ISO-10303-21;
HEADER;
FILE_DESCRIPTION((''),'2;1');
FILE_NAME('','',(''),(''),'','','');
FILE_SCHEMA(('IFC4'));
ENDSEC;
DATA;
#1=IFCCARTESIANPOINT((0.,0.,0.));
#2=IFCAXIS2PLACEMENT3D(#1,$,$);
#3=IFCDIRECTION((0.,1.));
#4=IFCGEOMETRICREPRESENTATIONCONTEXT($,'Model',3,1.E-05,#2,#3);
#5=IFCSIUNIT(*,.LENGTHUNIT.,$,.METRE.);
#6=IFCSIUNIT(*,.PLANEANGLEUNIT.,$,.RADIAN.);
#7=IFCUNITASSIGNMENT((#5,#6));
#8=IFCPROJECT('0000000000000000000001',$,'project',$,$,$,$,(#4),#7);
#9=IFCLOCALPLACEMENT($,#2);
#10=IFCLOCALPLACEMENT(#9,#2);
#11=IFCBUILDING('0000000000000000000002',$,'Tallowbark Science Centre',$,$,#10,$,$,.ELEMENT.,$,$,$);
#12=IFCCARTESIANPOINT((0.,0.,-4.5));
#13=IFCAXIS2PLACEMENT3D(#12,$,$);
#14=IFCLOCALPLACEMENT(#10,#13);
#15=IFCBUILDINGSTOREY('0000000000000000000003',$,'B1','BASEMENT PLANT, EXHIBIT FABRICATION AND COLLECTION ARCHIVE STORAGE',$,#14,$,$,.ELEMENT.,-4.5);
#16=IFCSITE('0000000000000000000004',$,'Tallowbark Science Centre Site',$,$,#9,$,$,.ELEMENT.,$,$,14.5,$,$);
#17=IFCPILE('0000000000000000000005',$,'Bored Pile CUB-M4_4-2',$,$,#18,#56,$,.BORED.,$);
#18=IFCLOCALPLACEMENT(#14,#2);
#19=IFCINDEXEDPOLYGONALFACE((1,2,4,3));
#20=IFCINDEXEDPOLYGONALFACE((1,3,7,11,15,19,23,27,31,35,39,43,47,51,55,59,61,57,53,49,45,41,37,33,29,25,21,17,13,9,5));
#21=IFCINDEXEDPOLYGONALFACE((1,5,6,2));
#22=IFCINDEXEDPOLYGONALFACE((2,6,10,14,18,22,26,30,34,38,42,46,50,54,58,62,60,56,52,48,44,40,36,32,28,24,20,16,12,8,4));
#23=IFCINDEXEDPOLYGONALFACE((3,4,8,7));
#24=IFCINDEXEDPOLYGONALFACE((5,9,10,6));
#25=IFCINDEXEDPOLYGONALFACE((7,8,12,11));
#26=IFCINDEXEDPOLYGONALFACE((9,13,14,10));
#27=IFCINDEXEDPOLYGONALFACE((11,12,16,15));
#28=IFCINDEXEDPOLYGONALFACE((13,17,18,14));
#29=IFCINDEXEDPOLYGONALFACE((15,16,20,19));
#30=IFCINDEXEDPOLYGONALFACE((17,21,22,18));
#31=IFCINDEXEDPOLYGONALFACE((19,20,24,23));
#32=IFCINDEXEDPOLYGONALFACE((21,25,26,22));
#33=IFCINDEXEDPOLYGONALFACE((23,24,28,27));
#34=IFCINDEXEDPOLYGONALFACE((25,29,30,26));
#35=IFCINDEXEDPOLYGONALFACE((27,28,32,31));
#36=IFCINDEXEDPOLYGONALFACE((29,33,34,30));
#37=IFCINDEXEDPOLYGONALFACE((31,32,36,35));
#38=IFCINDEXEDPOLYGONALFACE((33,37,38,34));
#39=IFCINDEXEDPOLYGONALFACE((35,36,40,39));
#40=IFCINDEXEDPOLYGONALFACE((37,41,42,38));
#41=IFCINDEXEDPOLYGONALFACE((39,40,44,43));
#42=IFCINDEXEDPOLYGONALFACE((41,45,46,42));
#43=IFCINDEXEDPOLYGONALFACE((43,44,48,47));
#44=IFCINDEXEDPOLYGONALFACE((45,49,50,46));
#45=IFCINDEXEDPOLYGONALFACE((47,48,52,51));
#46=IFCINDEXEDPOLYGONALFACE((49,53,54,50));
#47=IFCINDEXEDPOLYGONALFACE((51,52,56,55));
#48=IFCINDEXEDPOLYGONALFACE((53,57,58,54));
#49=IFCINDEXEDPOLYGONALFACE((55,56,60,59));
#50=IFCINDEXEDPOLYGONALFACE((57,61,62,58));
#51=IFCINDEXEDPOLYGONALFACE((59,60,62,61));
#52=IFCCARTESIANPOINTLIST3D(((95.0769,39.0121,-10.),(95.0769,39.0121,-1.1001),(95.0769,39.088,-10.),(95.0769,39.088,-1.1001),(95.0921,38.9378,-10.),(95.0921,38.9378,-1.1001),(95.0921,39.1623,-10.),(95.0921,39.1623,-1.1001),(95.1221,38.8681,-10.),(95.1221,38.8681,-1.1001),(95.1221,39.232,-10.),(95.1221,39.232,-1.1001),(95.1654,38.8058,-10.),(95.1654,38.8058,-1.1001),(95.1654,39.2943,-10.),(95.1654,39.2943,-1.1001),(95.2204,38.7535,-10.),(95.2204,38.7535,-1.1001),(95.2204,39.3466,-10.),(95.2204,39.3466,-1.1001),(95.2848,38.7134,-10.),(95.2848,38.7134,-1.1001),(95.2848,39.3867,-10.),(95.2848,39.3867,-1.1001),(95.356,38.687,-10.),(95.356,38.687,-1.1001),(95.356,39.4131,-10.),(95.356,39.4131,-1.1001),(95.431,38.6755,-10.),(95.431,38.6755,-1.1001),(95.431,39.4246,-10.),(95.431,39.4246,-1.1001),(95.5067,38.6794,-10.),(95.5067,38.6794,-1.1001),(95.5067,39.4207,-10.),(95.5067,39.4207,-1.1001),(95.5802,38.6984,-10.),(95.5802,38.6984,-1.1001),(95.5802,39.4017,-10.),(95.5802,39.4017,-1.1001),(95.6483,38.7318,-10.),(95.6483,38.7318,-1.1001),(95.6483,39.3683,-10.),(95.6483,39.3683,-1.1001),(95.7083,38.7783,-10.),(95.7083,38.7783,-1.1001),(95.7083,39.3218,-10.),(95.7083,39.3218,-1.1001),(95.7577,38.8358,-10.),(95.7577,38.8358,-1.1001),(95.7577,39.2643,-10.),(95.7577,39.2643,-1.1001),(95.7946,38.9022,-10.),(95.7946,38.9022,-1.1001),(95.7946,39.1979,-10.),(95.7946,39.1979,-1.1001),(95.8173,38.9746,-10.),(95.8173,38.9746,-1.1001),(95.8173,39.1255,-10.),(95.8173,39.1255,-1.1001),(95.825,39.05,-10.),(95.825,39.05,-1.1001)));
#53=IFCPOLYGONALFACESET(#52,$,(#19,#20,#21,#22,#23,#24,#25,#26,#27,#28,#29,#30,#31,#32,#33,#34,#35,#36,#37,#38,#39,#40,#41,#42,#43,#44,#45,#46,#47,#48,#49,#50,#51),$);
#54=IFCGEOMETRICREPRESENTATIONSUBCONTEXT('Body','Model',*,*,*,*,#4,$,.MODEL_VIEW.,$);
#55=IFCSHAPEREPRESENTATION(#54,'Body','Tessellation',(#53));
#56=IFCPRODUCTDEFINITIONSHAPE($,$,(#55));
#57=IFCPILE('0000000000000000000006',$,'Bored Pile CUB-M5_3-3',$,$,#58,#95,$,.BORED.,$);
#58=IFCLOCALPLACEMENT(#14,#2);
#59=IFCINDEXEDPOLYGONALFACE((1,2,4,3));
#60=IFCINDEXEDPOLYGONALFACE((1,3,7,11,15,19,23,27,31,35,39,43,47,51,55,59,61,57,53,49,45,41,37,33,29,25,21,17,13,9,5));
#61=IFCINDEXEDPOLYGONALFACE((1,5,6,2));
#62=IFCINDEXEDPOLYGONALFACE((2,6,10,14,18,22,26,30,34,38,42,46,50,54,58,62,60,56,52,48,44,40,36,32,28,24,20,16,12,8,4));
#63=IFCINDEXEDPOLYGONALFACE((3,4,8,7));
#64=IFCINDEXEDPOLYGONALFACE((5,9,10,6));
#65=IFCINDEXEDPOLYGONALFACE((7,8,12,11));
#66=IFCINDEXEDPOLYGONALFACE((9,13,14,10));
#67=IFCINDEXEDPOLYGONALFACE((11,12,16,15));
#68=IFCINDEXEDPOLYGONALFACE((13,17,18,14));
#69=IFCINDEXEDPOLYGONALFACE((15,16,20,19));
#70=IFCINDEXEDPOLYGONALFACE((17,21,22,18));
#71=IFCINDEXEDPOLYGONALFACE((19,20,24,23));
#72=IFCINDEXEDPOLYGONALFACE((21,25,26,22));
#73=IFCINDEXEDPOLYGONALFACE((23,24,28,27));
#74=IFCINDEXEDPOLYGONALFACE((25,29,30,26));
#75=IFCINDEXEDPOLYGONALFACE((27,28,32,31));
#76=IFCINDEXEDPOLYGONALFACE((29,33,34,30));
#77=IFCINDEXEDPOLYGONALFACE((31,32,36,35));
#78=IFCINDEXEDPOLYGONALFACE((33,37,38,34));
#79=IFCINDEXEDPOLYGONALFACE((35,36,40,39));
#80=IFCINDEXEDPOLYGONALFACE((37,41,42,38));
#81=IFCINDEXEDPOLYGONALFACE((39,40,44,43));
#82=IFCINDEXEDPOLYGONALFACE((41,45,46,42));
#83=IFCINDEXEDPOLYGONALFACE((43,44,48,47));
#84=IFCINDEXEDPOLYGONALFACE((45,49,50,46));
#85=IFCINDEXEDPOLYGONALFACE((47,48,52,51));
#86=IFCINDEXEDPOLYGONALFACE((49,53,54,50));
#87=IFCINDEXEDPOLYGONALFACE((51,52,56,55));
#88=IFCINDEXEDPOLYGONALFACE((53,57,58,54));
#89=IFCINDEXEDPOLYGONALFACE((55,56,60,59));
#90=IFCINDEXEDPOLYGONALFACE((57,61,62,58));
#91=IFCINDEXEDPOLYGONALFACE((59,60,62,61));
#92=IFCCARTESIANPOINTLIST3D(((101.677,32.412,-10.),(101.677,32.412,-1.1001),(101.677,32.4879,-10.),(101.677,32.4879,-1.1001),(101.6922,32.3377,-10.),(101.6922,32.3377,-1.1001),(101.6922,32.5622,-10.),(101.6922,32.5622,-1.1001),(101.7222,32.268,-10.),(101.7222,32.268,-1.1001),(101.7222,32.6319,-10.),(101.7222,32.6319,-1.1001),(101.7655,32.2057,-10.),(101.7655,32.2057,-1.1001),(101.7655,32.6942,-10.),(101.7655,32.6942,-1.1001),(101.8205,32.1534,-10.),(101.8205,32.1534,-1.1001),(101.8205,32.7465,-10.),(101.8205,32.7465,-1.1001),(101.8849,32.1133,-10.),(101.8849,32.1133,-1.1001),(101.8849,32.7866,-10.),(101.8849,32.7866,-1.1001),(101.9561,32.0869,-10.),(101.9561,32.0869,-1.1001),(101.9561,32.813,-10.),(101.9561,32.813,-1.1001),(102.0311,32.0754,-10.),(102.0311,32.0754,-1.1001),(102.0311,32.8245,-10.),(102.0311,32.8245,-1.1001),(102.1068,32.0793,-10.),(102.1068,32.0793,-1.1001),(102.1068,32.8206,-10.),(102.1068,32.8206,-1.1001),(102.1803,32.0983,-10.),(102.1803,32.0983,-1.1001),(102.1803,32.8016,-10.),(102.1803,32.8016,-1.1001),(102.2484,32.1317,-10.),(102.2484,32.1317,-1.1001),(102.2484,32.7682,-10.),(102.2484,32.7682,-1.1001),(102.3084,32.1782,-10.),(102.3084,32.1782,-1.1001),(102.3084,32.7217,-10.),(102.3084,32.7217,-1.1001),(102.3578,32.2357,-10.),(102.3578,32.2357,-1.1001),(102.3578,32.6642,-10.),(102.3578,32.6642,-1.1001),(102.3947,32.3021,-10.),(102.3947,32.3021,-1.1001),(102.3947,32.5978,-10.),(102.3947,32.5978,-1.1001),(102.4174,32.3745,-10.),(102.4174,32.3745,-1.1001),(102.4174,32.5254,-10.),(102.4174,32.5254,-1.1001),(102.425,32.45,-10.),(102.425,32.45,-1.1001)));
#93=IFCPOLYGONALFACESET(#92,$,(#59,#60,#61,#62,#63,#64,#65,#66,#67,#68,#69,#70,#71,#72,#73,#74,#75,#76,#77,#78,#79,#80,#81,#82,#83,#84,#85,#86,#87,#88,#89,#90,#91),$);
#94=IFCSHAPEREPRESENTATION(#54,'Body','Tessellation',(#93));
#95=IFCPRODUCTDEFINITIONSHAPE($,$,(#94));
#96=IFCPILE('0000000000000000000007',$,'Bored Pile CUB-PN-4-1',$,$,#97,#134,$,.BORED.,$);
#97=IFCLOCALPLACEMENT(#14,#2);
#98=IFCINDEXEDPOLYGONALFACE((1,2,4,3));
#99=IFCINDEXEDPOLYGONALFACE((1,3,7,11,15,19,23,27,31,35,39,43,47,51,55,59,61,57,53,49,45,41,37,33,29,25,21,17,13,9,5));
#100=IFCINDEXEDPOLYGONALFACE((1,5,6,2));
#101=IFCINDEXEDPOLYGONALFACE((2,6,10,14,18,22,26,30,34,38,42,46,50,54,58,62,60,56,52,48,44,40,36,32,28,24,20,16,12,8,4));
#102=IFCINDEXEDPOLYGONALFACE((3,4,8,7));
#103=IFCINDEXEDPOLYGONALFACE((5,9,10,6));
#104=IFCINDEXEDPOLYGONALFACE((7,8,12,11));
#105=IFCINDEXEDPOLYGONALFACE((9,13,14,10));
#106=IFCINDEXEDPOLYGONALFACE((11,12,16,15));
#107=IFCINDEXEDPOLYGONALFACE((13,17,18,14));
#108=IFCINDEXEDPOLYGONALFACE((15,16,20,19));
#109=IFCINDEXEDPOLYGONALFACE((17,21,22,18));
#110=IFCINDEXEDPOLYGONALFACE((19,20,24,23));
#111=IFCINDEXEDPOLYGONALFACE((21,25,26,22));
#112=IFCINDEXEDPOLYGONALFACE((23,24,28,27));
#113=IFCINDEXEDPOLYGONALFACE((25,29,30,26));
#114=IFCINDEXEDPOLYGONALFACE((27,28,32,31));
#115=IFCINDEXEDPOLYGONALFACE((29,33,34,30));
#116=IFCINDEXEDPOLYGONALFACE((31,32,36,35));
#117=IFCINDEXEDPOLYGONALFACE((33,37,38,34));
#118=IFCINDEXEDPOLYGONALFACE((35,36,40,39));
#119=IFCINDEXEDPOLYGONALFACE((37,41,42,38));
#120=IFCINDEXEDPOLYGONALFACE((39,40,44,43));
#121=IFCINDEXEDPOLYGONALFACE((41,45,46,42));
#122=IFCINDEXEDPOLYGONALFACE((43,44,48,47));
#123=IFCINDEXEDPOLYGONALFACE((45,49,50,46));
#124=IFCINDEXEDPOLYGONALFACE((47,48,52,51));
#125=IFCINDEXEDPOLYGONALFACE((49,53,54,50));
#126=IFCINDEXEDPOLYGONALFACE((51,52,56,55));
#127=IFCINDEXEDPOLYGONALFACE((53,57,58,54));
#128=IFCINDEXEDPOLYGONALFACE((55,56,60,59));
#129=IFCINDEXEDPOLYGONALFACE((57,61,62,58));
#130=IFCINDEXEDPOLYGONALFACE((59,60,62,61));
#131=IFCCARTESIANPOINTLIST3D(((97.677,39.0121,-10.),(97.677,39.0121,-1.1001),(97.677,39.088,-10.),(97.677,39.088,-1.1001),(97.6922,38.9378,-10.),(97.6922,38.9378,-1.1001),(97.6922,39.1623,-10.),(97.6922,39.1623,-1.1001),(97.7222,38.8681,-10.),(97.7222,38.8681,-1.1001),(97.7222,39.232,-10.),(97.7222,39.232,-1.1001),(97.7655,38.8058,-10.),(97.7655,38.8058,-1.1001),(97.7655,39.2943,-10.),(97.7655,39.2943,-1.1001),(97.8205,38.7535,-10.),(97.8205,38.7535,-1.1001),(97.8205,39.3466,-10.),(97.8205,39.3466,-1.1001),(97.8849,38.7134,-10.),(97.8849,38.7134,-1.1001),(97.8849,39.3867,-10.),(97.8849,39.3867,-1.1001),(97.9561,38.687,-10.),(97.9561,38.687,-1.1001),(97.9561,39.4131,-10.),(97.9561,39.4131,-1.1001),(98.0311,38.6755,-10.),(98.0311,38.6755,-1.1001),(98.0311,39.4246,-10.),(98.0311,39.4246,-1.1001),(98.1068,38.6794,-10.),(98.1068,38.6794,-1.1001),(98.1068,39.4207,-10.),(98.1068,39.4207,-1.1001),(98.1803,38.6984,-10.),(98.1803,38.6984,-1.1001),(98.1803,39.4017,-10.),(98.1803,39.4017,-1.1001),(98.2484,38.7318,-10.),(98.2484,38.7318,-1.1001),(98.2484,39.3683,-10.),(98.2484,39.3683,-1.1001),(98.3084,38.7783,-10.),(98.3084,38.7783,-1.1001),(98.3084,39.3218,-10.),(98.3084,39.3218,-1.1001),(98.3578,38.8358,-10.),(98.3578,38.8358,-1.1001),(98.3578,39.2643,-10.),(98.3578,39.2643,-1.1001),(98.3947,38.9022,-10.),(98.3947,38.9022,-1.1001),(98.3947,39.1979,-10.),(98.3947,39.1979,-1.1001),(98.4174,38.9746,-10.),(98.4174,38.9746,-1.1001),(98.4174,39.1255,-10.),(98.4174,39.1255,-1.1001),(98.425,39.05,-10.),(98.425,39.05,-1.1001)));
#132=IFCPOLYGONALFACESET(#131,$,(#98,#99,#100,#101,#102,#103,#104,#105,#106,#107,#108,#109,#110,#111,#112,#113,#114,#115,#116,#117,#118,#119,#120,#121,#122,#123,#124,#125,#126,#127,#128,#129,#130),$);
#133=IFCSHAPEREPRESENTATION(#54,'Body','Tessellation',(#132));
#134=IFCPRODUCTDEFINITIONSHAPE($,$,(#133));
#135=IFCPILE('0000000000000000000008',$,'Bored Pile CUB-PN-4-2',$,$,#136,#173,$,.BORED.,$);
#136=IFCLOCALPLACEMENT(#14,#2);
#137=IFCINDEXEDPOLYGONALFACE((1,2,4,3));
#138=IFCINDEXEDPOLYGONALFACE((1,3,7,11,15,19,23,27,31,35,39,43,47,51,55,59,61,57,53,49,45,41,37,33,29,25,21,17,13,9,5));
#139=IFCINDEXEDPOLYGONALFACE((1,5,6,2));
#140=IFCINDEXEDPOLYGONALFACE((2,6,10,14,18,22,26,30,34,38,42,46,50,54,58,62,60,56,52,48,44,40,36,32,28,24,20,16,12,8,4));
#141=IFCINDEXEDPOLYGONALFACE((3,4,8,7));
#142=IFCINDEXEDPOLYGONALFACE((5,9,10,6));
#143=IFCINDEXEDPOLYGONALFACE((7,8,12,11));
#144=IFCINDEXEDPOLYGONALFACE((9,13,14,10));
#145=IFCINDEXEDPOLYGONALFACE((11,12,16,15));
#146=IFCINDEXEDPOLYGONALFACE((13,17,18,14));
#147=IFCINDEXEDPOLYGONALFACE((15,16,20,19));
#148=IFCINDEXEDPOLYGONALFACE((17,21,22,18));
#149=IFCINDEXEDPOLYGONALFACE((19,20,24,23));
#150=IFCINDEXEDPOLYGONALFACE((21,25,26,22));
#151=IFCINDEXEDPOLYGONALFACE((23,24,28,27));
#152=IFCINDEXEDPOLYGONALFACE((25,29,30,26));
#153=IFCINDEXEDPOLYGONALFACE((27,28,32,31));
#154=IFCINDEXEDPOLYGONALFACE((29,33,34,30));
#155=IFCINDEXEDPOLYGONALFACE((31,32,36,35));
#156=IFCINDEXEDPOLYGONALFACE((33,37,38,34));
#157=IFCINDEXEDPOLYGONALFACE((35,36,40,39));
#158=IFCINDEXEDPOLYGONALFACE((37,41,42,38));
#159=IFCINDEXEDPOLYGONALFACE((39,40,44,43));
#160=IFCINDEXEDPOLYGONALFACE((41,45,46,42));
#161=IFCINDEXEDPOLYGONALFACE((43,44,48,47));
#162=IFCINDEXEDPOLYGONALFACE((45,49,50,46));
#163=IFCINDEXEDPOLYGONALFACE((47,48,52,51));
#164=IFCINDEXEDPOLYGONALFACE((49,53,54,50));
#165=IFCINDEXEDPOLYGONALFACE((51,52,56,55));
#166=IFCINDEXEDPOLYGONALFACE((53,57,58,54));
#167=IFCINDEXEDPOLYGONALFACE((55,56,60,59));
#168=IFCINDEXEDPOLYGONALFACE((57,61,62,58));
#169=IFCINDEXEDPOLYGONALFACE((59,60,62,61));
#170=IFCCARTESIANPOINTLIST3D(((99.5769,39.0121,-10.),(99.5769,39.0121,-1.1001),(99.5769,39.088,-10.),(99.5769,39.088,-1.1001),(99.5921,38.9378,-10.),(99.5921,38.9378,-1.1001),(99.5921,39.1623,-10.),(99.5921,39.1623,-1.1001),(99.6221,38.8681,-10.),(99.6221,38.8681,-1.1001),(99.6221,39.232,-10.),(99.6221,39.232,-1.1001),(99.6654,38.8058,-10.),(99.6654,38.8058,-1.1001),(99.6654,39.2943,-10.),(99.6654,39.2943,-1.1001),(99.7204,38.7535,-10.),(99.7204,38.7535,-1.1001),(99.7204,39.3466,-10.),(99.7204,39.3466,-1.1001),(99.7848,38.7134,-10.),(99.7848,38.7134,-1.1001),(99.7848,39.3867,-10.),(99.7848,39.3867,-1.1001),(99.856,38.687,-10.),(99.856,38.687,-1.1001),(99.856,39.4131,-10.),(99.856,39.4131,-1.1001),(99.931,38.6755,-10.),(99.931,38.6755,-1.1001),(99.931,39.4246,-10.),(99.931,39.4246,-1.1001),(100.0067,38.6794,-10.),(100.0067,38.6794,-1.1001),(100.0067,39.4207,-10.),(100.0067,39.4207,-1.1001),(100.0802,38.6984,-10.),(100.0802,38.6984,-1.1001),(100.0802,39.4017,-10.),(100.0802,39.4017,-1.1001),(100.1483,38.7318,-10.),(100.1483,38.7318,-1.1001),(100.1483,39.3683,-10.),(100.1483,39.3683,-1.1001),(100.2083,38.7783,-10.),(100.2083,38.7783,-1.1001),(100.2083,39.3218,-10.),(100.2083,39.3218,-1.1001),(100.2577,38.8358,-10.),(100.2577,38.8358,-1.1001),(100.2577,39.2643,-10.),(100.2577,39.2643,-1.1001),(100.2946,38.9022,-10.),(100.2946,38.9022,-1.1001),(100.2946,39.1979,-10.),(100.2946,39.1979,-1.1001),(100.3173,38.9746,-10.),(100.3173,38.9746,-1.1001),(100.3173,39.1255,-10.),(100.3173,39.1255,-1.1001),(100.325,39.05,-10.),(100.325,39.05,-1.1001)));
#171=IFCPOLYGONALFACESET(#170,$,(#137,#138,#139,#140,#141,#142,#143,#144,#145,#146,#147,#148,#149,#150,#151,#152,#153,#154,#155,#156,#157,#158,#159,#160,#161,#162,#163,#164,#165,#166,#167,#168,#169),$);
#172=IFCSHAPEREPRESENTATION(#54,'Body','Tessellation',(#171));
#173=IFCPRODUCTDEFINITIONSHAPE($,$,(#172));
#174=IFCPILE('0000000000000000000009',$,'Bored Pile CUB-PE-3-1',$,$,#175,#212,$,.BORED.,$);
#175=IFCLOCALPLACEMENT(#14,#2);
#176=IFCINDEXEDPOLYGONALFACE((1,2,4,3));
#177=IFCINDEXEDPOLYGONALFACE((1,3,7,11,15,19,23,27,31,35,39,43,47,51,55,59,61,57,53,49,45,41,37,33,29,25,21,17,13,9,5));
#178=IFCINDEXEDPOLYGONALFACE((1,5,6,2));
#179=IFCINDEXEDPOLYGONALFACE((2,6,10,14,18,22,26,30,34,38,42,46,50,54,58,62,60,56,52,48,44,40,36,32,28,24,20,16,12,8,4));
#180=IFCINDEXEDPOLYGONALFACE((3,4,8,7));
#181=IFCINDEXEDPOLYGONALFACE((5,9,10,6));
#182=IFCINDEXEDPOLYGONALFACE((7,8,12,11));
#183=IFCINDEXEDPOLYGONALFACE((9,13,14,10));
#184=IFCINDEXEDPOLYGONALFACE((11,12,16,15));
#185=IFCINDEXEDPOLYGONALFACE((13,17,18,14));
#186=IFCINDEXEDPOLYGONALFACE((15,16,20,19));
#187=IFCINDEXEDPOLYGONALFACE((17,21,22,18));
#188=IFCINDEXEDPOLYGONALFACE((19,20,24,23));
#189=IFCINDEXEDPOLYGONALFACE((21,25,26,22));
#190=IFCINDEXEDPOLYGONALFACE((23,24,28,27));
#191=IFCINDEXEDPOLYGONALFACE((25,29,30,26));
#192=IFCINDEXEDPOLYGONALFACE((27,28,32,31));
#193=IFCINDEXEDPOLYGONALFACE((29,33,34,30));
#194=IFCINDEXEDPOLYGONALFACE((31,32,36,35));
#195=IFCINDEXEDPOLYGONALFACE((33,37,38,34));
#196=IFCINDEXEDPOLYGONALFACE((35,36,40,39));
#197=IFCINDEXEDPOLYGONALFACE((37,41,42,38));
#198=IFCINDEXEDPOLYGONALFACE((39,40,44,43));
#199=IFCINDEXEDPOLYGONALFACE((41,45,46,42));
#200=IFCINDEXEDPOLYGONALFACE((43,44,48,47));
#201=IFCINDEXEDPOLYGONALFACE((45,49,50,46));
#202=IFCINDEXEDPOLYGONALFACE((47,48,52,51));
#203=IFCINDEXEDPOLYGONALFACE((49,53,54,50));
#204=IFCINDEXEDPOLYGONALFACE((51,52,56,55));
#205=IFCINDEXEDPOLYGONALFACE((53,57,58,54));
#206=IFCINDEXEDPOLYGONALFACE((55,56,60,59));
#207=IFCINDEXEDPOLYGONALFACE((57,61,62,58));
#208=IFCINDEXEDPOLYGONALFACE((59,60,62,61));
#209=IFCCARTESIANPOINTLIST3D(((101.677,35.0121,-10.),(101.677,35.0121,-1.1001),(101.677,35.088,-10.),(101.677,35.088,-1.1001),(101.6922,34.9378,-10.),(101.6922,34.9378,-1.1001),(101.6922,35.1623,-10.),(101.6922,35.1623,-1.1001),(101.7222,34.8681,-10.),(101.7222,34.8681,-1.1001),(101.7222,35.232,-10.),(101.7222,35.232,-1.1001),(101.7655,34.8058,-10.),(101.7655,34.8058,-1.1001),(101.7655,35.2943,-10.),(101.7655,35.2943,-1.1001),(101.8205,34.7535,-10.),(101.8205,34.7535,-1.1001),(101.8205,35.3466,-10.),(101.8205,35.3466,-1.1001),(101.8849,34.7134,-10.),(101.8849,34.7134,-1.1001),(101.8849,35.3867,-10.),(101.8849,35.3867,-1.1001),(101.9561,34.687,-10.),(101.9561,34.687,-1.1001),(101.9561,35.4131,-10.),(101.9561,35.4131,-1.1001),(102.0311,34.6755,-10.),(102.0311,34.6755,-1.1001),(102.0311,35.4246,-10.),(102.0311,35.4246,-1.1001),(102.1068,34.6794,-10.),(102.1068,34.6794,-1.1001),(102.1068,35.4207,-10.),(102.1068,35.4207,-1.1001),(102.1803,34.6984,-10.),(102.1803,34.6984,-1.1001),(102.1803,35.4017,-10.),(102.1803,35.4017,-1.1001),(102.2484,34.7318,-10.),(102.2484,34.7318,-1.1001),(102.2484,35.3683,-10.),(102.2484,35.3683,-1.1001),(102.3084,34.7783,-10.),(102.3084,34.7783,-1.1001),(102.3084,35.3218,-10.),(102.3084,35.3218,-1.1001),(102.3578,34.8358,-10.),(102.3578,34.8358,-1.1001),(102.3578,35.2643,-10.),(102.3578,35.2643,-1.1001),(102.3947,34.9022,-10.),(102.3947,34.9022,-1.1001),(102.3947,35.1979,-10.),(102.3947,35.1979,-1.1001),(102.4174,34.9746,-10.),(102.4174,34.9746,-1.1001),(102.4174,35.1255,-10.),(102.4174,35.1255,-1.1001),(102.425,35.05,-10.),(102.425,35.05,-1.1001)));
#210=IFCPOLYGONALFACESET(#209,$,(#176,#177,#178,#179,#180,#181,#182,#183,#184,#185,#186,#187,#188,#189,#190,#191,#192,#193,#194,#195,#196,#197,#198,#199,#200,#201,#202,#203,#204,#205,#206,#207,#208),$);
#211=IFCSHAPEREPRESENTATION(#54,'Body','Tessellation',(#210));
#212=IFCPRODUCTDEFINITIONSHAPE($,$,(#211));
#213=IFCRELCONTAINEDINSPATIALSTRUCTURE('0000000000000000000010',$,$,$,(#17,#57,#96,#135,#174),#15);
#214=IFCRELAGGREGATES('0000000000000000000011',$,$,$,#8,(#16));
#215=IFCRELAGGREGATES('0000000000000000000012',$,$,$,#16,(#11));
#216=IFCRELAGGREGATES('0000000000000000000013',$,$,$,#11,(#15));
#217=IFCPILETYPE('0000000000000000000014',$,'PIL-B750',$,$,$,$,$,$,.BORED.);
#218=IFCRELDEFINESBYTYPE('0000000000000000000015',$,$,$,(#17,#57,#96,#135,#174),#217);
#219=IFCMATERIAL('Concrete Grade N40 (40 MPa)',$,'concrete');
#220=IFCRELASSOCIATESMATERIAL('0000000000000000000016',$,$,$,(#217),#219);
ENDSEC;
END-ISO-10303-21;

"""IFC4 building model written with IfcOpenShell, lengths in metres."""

from ifc_helpers import new_model, si_unit, direction, frame, origin, origin_2d, place, context, subcontext, project, spatial, circle, extrude, material, material_profile, profile_set, type_object, element, save


model = new_model("IFC4")

# Units and contexts
model_context = context("Model", 3, precision=1e-05, world=origin(), true_north=direction((0.0, 1.0)))
body_context = subcontext(model_context, "Body", "Model", "MODEL_VIEW")
ifc_project = project(units=[si_unit("LENGTHUNIT", "METRE"), si_unit("PLANEANGLEUNIT", "RADIAN")], contexts=[model_context])

# Site, building, storey
site_placement = place(None, origin())
site = spatial("IfcSite", under=ifc_project, at=site_placement, Name="Tallowbark Science Centre Site", CompositionType="ELEMENT", RefElevation=14.5)
building_placement = place(site_placement, origin())
building = spatial("IfcBuilding", under=site, at=building_placement, Name="Tallowbark Science Centre", CompositionType="ELEMENT")
storey_placement = place(building_placement, frame((0.0, 0.0, -4.5)))
storey = spatial("IfcBuildingStorey", under=building, at=storey_placement, Name="B1", Description="BASEMENT PLANT, EXHIBIT FABRICATION AND COLLECTION ARCHIVE STORAGE", CompositionType="ELEMENT", Elevation=-4.5)

# Shared definitions
ifc_material_1 = material(Name="Concrete Grade N40 (40 MPa)", Category="concrete")

# Piles
ifc_material_profile_1 = material_profile(ifc_material_1, circle(Radius=0.375, at=origin_2d()), Name="PILE750")
ifc_profile_set_1 = profile_set([ifc_material_profile_1], Name="Concrete Grade N40 (40 MPa)")
pile_type_1 = type_object("IfcPileType", Name="PIL-B750", PredefinedType="BORED", material=ifc_profile_set_1)
for number, where, z_axis, x_axis, name in (
    (1, (95.45, 39.05, -1.1001), (0.0, 0.0, -1.0), (1.0, 0.0, 0.0), "Bored Pile CUB-M4_4-2"),
    (2, (102.05, 32.45, -1.1001), (0.0, 0.0, -1.0), (1.0, 0.0, 0.0), "Bored Pile CUB-M5_3-3"),
    (3, (98.05, 39.05, -1.1001), (0.0, 0.0, -1.0), (1.0, 0.0, 0.0), "Bored Pile CUB-PN-4-1"),
    (4, (99.95, 39.05, -1.1001), (0.0, 0.0, -1.0), (1.0, 0.0, 0.0), "Bored Pile CUB-PN-4-2"),
    (5, (102.05, 35.05, -1.1001), (0.0, 0.0, -1.0), (1.0, 0.0, 0.0), "Bored Pile CUB-PE-3-1"),
):
    element("IfcPile", number, at=place(storey_placement, frame(where, z_axis=z_axis, x_axis=x_axis)), inside=storey, type_object=pile_type_1, Name=name, PredefinedType="BORED", context=body_context, shape_type="SweptSolid", body=[
        extrude(circle(Radius=0.375, at=origin_2d()), origin(), (0.0, 0.0, 1.0), 8.8999),
    ])

save(model, "model.ifc")
